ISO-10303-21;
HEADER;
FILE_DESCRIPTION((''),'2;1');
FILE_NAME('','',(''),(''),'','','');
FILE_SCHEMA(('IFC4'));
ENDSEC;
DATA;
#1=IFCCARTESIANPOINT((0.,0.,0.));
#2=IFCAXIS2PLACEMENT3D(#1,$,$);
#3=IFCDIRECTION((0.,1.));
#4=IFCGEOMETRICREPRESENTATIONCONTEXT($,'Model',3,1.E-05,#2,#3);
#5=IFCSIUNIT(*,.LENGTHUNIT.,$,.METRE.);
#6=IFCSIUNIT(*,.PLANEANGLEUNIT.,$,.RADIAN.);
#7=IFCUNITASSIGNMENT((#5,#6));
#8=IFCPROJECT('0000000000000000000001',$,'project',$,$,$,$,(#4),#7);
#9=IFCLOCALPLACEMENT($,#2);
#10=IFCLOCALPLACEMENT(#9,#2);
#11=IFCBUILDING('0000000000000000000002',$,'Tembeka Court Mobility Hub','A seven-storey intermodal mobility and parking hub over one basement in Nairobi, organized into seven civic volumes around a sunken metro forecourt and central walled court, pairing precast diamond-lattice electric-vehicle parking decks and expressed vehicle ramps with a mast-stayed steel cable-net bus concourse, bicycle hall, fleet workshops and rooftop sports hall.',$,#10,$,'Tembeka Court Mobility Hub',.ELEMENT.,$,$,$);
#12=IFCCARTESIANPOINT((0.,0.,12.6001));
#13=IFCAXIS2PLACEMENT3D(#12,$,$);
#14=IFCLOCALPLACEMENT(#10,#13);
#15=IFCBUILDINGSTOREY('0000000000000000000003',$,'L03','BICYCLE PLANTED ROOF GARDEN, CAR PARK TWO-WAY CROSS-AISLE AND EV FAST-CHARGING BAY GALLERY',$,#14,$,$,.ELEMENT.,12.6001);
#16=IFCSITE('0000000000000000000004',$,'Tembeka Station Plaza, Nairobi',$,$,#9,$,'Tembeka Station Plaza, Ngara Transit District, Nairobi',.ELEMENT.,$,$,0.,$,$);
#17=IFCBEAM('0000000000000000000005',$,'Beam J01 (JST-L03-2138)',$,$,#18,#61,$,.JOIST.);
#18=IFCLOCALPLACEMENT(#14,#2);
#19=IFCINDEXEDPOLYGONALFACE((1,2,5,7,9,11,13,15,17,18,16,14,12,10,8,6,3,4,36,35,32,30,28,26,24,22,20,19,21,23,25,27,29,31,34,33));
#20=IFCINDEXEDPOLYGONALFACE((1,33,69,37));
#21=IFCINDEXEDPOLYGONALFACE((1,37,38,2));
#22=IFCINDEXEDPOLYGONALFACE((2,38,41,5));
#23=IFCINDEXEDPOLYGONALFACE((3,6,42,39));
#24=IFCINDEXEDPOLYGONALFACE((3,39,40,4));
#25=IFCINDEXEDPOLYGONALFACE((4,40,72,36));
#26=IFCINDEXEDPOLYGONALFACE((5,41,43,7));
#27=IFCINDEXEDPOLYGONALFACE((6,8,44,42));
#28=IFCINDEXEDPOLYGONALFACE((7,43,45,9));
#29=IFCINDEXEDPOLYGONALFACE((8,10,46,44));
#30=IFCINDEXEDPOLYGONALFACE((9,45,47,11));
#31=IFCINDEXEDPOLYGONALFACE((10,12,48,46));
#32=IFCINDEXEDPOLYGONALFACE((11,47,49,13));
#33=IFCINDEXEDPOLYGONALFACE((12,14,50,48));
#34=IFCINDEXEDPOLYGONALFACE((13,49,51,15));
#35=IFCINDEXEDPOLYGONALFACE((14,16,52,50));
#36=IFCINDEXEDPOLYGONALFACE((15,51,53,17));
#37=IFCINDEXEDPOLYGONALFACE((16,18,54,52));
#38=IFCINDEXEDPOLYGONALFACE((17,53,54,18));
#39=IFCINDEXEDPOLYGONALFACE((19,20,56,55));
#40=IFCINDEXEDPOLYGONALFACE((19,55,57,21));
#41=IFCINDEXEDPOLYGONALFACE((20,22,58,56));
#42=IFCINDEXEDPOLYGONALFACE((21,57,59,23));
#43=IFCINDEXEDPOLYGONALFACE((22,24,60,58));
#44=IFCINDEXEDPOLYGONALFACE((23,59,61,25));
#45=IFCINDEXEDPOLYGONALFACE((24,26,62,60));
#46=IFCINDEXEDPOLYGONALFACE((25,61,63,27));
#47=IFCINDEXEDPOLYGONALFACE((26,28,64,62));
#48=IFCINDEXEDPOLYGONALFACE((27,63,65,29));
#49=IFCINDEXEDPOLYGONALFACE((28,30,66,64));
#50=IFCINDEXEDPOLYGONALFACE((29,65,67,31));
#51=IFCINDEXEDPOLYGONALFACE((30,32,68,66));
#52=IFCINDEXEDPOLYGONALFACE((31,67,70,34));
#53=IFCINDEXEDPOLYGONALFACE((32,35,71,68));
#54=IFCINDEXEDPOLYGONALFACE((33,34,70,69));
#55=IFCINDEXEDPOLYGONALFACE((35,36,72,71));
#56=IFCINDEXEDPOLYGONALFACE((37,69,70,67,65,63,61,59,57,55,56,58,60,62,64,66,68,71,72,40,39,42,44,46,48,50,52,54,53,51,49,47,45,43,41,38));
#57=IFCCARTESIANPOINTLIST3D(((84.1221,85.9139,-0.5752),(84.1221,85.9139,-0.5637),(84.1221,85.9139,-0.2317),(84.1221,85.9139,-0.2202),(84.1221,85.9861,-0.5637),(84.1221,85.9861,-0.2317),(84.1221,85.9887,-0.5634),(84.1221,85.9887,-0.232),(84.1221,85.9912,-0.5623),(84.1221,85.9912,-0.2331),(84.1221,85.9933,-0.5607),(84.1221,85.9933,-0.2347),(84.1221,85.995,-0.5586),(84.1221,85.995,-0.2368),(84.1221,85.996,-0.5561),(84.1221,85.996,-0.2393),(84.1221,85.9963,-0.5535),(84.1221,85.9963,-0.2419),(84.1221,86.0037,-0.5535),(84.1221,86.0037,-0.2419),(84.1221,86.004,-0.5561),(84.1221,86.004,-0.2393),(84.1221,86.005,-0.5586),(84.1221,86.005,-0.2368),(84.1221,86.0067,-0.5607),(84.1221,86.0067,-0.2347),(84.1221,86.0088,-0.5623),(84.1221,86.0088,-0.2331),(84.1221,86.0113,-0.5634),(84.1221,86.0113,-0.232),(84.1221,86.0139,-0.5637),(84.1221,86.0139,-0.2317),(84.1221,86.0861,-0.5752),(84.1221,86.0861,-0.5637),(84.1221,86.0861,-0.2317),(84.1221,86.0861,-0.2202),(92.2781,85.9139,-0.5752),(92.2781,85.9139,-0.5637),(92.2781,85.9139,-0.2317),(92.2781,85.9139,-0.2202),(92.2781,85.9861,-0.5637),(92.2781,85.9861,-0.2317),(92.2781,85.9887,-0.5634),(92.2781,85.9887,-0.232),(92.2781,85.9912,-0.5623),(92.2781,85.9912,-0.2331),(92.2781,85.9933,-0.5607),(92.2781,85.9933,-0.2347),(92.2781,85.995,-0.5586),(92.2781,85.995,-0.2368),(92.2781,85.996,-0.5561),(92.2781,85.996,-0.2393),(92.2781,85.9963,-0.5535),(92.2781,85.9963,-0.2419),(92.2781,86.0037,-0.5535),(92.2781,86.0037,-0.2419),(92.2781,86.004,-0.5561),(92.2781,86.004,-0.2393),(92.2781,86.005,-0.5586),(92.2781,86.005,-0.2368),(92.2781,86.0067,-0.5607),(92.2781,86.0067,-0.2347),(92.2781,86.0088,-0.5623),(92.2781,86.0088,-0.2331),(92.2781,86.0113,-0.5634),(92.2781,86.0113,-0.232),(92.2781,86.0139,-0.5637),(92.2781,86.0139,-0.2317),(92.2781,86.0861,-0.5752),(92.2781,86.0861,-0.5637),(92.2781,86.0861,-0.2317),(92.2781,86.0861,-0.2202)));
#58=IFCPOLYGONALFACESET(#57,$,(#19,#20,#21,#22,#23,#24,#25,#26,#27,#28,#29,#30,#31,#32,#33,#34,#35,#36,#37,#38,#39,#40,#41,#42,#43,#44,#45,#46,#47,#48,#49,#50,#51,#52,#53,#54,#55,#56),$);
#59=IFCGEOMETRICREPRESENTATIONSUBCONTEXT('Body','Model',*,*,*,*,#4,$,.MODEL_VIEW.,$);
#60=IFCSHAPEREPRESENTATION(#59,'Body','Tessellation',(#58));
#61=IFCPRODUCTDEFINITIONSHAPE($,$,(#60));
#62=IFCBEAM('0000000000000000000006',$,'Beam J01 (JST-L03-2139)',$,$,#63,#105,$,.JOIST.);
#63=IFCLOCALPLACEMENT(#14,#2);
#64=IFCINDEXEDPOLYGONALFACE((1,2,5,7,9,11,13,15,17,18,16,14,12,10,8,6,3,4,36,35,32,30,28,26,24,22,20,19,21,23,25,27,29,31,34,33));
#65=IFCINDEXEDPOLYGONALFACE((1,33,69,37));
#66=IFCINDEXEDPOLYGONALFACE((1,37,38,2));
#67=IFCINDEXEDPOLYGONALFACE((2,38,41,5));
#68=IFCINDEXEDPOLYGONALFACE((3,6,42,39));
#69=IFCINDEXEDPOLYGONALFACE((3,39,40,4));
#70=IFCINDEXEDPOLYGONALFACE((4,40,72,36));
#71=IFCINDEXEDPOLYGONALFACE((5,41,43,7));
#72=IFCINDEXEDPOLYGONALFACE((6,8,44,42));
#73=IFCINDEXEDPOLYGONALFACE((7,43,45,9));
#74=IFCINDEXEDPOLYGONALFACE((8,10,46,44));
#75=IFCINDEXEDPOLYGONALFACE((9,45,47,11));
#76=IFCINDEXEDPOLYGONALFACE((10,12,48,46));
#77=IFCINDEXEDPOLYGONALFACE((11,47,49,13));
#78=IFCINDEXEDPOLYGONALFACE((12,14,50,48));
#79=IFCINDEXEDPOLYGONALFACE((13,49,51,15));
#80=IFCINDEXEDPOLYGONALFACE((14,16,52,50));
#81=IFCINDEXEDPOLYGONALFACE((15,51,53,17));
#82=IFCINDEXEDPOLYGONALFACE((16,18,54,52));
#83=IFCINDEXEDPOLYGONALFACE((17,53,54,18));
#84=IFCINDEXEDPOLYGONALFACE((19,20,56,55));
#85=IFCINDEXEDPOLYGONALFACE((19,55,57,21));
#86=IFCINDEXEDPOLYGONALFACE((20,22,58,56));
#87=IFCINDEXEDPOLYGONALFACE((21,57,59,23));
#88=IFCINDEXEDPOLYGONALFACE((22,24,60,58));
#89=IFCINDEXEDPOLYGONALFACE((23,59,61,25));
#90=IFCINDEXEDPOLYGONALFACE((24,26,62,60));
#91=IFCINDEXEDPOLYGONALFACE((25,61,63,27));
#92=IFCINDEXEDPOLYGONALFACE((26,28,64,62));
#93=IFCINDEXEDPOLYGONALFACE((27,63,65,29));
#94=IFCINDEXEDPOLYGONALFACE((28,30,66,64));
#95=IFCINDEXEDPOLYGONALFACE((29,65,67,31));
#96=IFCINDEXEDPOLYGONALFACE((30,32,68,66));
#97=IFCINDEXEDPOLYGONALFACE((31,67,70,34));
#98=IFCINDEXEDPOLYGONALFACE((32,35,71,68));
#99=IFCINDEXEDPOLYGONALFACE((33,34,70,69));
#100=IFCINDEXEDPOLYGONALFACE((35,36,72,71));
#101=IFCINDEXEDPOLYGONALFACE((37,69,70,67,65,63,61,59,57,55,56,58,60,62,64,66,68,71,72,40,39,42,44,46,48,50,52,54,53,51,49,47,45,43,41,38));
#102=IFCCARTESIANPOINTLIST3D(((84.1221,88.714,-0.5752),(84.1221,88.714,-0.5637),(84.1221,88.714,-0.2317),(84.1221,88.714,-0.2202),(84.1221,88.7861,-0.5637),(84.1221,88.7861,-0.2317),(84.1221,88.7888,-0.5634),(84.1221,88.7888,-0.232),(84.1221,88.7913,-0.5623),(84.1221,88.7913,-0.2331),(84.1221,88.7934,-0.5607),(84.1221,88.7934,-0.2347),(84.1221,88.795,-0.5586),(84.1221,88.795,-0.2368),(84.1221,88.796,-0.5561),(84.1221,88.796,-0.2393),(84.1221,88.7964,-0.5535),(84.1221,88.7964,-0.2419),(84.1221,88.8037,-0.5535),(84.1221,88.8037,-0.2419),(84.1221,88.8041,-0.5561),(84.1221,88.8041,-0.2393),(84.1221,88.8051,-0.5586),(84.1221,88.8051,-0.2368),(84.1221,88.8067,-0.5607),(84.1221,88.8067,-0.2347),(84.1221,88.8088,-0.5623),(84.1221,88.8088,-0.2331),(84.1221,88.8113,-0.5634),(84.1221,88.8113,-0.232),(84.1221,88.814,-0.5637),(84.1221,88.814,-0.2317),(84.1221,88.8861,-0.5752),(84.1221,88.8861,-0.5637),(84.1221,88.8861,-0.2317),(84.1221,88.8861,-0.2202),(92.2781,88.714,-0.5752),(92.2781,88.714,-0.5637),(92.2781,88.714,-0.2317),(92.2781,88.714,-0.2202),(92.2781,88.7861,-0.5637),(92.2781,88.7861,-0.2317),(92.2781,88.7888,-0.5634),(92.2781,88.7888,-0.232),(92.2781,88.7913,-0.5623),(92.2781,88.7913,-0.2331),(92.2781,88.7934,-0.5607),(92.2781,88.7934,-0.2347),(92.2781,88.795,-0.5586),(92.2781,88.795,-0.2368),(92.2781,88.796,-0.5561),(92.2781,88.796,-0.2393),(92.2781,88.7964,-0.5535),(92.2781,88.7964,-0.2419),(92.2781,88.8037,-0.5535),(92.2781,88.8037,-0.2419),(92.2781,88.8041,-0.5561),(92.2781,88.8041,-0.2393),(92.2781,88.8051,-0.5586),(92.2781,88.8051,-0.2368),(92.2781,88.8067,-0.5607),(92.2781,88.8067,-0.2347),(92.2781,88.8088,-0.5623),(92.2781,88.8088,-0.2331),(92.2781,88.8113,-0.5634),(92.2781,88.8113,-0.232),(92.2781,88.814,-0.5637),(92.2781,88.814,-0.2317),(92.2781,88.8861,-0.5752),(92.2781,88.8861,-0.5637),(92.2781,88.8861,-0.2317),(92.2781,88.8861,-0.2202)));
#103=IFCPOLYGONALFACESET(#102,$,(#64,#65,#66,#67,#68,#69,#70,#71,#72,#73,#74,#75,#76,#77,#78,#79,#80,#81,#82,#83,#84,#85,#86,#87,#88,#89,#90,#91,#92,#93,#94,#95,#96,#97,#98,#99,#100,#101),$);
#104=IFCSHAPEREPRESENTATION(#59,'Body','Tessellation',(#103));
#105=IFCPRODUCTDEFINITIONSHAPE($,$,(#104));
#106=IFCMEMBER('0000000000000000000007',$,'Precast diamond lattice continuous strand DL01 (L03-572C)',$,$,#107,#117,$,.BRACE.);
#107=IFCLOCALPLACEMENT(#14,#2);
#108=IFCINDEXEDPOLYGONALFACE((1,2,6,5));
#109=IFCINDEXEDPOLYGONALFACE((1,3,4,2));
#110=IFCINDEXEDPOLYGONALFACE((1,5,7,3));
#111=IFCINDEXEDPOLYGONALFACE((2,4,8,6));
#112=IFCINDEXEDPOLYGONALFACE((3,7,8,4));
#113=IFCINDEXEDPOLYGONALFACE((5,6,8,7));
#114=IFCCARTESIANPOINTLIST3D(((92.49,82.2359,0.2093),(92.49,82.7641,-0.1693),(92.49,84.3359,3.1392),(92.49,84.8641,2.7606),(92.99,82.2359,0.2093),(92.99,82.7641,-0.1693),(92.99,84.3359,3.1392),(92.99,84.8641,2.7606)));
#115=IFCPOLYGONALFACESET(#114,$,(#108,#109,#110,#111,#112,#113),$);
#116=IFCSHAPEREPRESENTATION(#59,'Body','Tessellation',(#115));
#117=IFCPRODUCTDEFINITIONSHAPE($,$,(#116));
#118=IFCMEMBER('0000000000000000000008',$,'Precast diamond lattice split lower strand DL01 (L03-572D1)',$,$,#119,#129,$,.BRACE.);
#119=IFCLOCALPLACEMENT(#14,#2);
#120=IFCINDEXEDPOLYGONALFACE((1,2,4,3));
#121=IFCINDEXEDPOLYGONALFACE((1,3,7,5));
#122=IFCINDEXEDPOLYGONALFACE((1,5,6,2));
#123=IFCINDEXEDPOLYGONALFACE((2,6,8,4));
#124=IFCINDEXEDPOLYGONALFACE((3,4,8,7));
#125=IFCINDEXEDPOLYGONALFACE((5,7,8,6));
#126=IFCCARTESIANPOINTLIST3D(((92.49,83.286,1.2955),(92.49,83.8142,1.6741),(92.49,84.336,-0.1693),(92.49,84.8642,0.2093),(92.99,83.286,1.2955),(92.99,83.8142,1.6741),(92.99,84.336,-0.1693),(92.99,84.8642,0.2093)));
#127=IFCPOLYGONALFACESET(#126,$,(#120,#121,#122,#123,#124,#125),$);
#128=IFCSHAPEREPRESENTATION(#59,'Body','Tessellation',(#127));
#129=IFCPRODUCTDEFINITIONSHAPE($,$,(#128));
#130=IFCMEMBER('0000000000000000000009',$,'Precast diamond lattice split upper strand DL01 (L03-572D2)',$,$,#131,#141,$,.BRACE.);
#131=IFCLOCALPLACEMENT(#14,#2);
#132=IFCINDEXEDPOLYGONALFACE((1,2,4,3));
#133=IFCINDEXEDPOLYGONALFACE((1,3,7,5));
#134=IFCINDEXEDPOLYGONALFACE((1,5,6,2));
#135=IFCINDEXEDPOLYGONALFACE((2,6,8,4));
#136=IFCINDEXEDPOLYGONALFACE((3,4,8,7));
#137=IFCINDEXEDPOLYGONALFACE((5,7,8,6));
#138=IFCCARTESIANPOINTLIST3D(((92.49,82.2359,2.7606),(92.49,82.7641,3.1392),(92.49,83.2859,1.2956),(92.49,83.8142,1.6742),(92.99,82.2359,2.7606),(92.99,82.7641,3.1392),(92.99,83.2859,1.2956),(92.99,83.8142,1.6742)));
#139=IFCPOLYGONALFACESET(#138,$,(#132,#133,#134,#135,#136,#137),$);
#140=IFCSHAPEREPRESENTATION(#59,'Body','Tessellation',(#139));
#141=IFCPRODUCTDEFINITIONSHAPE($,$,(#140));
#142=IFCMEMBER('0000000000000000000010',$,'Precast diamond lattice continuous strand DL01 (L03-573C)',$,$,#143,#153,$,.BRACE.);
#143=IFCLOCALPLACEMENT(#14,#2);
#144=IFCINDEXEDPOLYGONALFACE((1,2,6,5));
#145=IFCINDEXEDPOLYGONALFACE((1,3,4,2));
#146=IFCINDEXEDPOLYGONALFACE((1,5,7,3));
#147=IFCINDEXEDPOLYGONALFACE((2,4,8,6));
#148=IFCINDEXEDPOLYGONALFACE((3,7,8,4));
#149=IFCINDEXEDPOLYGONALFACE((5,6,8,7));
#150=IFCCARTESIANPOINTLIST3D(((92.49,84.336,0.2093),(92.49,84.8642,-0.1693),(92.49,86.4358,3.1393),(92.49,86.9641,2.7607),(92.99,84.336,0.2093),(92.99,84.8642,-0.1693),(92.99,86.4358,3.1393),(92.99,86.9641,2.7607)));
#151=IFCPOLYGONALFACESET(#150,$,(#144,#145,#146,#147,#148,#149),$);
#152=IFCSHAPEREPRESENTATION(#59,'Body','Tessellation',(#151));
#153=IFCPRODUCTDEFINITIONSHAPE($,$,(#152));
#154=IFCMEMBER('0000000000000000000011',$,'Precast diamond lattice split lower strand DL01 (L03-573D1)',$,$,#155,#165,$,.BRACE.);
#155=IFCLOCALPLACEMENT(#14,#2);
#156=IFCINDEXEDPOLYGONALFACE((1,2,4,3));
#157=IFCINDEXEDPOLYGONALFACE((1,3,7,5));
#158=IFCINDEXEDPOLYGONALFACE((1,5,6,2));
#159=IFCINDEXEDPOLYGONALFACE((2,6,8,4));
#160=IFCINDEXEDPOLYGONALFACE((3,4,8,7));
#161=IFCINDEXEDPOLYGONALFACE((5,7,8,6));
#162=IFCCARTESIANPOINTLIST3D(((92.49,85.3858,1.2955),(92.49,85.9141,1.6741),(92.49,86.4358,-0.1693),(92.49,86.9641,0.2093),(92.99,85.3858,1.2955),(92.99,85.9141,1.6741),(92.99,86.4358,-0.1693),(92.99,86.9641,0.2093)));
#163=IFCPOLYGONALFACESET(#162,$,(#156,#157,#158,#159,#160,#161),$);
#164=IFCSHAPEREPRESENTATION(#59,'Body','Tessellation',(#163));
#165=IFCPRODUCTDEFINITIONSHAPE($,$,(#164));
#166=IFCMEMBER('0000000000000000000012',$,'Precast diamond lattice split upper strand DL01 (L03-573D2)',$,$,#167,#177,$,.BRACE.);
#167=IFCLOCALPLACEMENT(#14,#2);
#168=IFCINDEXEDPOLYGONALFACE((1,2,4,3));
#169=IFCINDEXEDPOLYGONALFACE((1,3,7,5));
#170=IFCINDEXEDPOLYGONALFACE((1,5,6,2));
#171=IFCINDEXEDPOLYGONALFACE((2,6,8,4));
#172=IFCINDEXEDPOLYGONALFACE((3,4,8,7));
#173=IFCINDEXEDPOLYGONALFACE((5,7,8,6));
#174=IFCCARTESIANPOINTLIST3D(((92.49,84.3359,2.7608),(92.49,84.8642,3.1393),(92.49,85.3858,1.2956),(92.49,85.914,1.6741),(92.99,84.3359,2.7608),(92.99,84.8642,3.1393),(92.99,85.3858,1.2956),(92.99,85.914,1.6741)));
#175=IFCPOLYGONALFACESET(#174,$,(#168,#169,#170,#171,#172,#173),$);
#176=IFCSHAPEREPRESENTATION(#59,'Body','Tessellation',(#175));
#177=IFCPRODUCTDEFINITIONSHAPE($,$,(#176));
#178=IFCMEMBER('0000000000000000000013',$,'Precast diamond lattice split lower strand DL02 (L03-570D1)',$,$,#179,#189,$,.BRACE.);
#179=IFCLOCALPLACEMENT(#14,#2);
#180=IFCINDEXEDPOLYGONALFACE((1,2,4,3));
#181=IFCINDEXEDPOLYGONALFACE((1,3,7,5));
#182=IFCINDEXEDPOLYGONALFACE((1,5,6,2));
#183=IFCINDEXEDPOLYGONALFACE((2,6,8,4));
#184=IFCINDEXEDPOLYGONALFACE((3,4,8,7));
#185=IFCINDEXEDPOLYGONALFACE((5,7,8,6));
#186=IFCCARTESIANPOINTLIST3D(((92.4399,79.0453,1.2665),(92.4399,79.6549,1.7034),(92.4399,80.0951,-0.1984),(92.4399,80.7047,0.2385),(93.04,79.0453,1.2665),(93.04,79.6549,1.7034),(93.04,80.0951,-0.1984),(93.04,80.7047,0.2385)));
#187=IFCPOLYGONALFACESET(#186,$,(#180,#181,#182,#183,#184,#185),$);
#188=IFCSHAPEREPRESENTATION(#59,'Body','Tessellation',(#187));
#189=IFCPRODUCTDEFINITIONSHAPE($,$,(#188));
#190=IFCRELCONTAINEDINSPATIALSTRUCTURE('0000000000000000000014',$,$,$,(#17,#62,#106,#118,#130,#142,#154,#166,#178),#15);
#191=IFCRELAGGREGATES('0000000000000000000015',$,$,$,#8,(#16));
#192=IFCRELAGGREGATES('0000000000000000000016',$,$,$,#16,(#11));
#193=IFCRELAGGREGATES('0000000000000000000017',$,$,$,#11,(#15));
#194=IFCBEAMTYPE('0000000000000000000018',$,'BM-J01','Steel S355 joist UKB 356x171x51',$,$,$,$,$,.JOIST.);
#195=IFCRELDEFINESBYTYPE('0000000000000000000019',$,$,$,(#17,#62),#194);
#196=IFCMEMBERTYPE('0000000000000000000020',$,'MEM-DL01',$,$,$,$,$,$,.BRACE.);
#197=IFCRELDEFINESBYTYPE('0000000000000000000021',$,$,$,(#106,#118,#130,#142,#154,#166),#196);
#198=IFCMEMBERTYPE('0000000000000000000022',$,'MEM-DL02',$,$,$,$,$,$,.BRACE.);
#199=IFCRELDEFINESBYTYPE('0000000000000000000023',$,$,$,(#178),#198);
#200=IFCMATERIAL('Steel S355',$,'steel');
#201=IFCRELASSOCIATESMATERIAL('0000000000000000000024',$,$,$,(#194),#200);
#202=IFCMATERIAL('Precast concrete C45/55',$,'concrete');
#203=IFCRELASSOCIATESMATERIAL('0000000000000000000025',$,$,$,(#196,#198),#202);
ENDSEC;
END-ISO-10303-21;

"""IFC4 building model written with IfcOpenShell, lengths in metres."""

from ifc_helpers import new_model, si_unit, direction, frame, origin, origin_2d, place, context, subcontext, project, spatial, rectangle, i_section, extrude, material, material_profile, profile_set, type_object, element, save


model = new_model("IFC4")

# Units and contexts
model_context = context("Model", 3, precision=1e-05, world=origin(), true_north=direction((0.0, 1.0)))
body_context = subcontext(model_context, "Body", "Model", "MODEL_VIEW")
ifc_project = project(units=[si_unit("LENGTHUNIT", "METRE"), si_unit("PLANEANGLEUNIT", "RADIAN")], contexts=[model_context])

# Site, building, storey
site_placement = place(None, origin())
site = spatial("IfcSite", under=ifc_project, at=site_placement, Name="Tembeka Station Plaza, Nairobi", LongName="Tembeka Station Plaza, Ngara Transit District, Nairobi", CompositionType="ELEMENT", RefElevation=0.0)
building_placement = place(site_placement, origin())
building = spatial("IfcBuilding", under=site, at=building_placement, Name="Tembeka Court Mobility Hub", Description="A seven-storey intermodal mobility and parking hub over one basement in Nairobi, organized into seven civic volumes around a sunken metro forecourt and central walled court, pairing precast diamond-lattice electric-vehicle parking decks and expressed vehicle ramps with a mast-stayed steel cable-net bus concourse, bicycle hall, fleet workshops and rooftop sports hall.", LongName="Tembeka Court Mobility Hub", CompositionType="ELEMENT")
storey_placement = place(building_placement, frame((0.0, 0.0, 12.6001)))
storey = spatial("IfcBuildingStorey", under=building, at=storey_placement, Name="L03", Description="BICYCLE PLANTED ROOF GARDEN, CAR PARK TWO-WAY CROSS-AISLE AND EV FAST-CHARGING BAY GALLERY", CompositionType="ELEMENT", Elevation=12.6001)

# Shared definitions
ifc_material_1 = material(Name="Steel S355", Category="steel")

# Beams
ifc_material_profile_1 = material_profile(ifc_material_1, i_section(OverallWidth=0.1721, OverallDepth=0.355, WebThickness=0.0073, FlangeThickness=0.0115, FilletRadius=0.0103, at=origin_2d()), Name="UKB 356x171x51")
ifc_profile_set_1 = profile_set([ifc_material_profile_1], Name="Steel S355")
beam_type_1 = type_object("IfcBeamType", Name="BM-J01", Description="Steel S355 joist UKB 356x171x51", PredefinedType="JOIST", material=ifc_profile_set_1)
for number, where, z_axis, x_axis, name in (
    (1, (84.1221, 86.0, -0.3977), (1.0, 0.0, 0.0), (0.0, 1.0, 0.0), "Beam J01 (JST-L03-2138)"),
    (2, (84.1221, 88.8, -0.3977), (1.0, 0.0, 0.0), (0.0, 1.0, 0.0), "Beam J01 (JST-L03-2139)"),
):
    element("IfcBeam", number, at=place(storey_placement, frame(where, z_axis=z_axis, x_axis=x_axis)), inside=storey, type_object=beam_type_1, Name=name, PredefinedType="JOIST", context=body_context, shape_type="SweptSolid", body=[
        extrude(i_section(OverallWidth=0.1721, OverallDepth=0.355, WebThickness=0.0073, FlangeThickness=0.0115, FilletRadius=0.0103, at=origin_2d()), origin(), (0.0, 0.0, 1.0), 8.156),
    ])

# Members
ifc_material_2 = material(Name="Precast concrete C45/55", Category="concrete")
ifc_material_profile_2 = material_profile(ifc_material_2, rectangle(XDim=0.5, YDim=0.6499, at=origin_2d()), Name="PC-DIAG 500x650")
ifc_profile_set_2 = profile_set([ifc_material_profile_2], Name="Precast concrete C45/55")
member_type_1 = type_object("IfcMemberType", Name="MEM-DL01", PredefinedType="BRACE", material=ifc_profile_set_2)
member_1_placement = place(storey_placement, frame((92.74, 82.5, 0.02), z_axis=(0.0, 0.582576, 0.812776), x_axis=(-1.0, 0.0, 0.0)))
element("IfcMember", 3, at=member_1_placement, inside=storey, type_object=member_type_1, Name="Precast diamond lattice continuous strand DL01 (L03-572C)", PredefinedType="BRACE", context=body_context, shape_type="SweptSolid", body=[
    extrude(rectangle(XDim=0.5, YDim=0.6499, at=origin_2d()), origin(), (0.0, 0.0, 1.0), 3.6047),
])
member_2_placement = place(storey_placement, frame((92.74, 84.6001, 0.02), z_axis=(0.0, -0.582608, 0.812753), x_axis=(1.0, 0.0, 0.0)))
element("IfcMember", 4, at=member_2_placement, inside=storey, type_object=member_type_1, Name="Precast diamond lattice split lower strand DL01 (L03-572D1)", PredefinedType="BRACE", context=body_context, shape_type="SweptSolid", body=[
    extrude(rectangle(XDim=0.5, YDim=0.6499, at=origin_2d()), origin(), (0.0, 0.0, 1.0), 1.8022),
])
member_3_placement = place(storey_placement, frame((92.74, 83.55, 1.4849), z_axis=(0.0, -0.582544, 0.812799), x_axis=(1.0, 0.0, 0.0)))
element("IfcMember", 5, at=member_3_placement, inside=storey, type_object=member_type_1, Name="Precast diamond lattice split upper strand DL01 (L03-572D2)", PredefinedType="BRACE", context=body_context, shape_type="SweptSolid", body=[
    extrude(rectangle(XDim=0.5, YDim=0.6499, at=origin_2d()), origin(), (0.0, 0.0, 1.0), 1.8025),
])
member_4_placement = place(storey_placement, frame((92.74, 84.6001, 0.02), z_axis=(0.0, 0.582532, 0.812808), x_axis=(-1.0, 0.0, 0.0)))
element("IfcMember", 6, at=member_4_placement, inside=storey, type_object=member_type_1, Name="Precast diamond lattice continuous strand DL01 (L03-573C)", PredefinedType="BRACE", context=body_context, shape_type="SweptSolid", body=[
    extrude(rectangle(XDim=0.5, YDim=0.6499, at=origin_2d()), origin(), (0.0, 0.0, 1.0), 3.6047),
])
member_5_placement = place(storey_placement, frame((92.74, 86.7, 0.02), z_axis=(0.0, -0.582608, 0.812753), x_axis=(1.0, 0.0, 0.0)))
element("IfcMember", 7, at=member_5_placement, inside=storey, type_object=member_type_1, Name="Precast diamond lattice split lower strand DL01 (L03-573D1)", PredefinedType="BRACE", context=body_context, shape_type="SweptSolid", body=[
    extrude(rectangle(XDim=0.5, YDim=0.6499, at=origin_2d()), origin(), (0.0, 0.0, 1.0), 1.8022),
])
member_6_placement = place(storey_placement, frame((92.74, 85.6499, 1.4849), z_axis=(0.0, -0.582455, 0.812863), x_axis=(1.0, 0.0, 0.0)))
element("IfcMember", 8, at=member_6_placement, inside=storey, type_object=member_type_1, Name="Precast diamond lattice split upper strand DL01 (L03-573D2)", PredefinedType="BRACE", context=body_context, shape_type="SweptSolid", body=[
    extrude(rectangle(XDim=0.5, YDim=0.6499, at=origin_2d()), origin(), (0.0, 0.0, 1.0), 1.8025),
])
ifc_material_profile_3 = material_profile(ifc_material_2, rectangle(XDim=0.6001, YDim=0.75, at=origin_2d()), Name="PC-DIAG 600x750")
ifc_profile_set_3 = profile_set([ifc_material_profile_3], Name="Precast concrete C45/55")
member_type_2 = type_object("IfcMemberType", Name="MEM-DL02", PredefinedType="BRACE", material=ifc_profile_set_3)
member_7_placement = place(storey_placement, frame((92.74, 80.3999, 0.02), z_axis=(0.0, -0.582519, 0.812817), x_axis=(1.0, 0.0, 0.0)))
element("IfcMember", 9, at=member_7_placement, inside=storey, type_object=member_type_2, Name="Precast diamond lattice split lower strand DL02 (L03-570D1)", PredefinedType="BRACE", context=body_context, shape_type="SweptSolid", body=[
    extrude(rectangle(XDim=0.6001, YDim=0.75, at=origin_2d()), origin(), (0.0, 0.0, 1.0), 1.8022),
])

save(model, "model.ifc")
